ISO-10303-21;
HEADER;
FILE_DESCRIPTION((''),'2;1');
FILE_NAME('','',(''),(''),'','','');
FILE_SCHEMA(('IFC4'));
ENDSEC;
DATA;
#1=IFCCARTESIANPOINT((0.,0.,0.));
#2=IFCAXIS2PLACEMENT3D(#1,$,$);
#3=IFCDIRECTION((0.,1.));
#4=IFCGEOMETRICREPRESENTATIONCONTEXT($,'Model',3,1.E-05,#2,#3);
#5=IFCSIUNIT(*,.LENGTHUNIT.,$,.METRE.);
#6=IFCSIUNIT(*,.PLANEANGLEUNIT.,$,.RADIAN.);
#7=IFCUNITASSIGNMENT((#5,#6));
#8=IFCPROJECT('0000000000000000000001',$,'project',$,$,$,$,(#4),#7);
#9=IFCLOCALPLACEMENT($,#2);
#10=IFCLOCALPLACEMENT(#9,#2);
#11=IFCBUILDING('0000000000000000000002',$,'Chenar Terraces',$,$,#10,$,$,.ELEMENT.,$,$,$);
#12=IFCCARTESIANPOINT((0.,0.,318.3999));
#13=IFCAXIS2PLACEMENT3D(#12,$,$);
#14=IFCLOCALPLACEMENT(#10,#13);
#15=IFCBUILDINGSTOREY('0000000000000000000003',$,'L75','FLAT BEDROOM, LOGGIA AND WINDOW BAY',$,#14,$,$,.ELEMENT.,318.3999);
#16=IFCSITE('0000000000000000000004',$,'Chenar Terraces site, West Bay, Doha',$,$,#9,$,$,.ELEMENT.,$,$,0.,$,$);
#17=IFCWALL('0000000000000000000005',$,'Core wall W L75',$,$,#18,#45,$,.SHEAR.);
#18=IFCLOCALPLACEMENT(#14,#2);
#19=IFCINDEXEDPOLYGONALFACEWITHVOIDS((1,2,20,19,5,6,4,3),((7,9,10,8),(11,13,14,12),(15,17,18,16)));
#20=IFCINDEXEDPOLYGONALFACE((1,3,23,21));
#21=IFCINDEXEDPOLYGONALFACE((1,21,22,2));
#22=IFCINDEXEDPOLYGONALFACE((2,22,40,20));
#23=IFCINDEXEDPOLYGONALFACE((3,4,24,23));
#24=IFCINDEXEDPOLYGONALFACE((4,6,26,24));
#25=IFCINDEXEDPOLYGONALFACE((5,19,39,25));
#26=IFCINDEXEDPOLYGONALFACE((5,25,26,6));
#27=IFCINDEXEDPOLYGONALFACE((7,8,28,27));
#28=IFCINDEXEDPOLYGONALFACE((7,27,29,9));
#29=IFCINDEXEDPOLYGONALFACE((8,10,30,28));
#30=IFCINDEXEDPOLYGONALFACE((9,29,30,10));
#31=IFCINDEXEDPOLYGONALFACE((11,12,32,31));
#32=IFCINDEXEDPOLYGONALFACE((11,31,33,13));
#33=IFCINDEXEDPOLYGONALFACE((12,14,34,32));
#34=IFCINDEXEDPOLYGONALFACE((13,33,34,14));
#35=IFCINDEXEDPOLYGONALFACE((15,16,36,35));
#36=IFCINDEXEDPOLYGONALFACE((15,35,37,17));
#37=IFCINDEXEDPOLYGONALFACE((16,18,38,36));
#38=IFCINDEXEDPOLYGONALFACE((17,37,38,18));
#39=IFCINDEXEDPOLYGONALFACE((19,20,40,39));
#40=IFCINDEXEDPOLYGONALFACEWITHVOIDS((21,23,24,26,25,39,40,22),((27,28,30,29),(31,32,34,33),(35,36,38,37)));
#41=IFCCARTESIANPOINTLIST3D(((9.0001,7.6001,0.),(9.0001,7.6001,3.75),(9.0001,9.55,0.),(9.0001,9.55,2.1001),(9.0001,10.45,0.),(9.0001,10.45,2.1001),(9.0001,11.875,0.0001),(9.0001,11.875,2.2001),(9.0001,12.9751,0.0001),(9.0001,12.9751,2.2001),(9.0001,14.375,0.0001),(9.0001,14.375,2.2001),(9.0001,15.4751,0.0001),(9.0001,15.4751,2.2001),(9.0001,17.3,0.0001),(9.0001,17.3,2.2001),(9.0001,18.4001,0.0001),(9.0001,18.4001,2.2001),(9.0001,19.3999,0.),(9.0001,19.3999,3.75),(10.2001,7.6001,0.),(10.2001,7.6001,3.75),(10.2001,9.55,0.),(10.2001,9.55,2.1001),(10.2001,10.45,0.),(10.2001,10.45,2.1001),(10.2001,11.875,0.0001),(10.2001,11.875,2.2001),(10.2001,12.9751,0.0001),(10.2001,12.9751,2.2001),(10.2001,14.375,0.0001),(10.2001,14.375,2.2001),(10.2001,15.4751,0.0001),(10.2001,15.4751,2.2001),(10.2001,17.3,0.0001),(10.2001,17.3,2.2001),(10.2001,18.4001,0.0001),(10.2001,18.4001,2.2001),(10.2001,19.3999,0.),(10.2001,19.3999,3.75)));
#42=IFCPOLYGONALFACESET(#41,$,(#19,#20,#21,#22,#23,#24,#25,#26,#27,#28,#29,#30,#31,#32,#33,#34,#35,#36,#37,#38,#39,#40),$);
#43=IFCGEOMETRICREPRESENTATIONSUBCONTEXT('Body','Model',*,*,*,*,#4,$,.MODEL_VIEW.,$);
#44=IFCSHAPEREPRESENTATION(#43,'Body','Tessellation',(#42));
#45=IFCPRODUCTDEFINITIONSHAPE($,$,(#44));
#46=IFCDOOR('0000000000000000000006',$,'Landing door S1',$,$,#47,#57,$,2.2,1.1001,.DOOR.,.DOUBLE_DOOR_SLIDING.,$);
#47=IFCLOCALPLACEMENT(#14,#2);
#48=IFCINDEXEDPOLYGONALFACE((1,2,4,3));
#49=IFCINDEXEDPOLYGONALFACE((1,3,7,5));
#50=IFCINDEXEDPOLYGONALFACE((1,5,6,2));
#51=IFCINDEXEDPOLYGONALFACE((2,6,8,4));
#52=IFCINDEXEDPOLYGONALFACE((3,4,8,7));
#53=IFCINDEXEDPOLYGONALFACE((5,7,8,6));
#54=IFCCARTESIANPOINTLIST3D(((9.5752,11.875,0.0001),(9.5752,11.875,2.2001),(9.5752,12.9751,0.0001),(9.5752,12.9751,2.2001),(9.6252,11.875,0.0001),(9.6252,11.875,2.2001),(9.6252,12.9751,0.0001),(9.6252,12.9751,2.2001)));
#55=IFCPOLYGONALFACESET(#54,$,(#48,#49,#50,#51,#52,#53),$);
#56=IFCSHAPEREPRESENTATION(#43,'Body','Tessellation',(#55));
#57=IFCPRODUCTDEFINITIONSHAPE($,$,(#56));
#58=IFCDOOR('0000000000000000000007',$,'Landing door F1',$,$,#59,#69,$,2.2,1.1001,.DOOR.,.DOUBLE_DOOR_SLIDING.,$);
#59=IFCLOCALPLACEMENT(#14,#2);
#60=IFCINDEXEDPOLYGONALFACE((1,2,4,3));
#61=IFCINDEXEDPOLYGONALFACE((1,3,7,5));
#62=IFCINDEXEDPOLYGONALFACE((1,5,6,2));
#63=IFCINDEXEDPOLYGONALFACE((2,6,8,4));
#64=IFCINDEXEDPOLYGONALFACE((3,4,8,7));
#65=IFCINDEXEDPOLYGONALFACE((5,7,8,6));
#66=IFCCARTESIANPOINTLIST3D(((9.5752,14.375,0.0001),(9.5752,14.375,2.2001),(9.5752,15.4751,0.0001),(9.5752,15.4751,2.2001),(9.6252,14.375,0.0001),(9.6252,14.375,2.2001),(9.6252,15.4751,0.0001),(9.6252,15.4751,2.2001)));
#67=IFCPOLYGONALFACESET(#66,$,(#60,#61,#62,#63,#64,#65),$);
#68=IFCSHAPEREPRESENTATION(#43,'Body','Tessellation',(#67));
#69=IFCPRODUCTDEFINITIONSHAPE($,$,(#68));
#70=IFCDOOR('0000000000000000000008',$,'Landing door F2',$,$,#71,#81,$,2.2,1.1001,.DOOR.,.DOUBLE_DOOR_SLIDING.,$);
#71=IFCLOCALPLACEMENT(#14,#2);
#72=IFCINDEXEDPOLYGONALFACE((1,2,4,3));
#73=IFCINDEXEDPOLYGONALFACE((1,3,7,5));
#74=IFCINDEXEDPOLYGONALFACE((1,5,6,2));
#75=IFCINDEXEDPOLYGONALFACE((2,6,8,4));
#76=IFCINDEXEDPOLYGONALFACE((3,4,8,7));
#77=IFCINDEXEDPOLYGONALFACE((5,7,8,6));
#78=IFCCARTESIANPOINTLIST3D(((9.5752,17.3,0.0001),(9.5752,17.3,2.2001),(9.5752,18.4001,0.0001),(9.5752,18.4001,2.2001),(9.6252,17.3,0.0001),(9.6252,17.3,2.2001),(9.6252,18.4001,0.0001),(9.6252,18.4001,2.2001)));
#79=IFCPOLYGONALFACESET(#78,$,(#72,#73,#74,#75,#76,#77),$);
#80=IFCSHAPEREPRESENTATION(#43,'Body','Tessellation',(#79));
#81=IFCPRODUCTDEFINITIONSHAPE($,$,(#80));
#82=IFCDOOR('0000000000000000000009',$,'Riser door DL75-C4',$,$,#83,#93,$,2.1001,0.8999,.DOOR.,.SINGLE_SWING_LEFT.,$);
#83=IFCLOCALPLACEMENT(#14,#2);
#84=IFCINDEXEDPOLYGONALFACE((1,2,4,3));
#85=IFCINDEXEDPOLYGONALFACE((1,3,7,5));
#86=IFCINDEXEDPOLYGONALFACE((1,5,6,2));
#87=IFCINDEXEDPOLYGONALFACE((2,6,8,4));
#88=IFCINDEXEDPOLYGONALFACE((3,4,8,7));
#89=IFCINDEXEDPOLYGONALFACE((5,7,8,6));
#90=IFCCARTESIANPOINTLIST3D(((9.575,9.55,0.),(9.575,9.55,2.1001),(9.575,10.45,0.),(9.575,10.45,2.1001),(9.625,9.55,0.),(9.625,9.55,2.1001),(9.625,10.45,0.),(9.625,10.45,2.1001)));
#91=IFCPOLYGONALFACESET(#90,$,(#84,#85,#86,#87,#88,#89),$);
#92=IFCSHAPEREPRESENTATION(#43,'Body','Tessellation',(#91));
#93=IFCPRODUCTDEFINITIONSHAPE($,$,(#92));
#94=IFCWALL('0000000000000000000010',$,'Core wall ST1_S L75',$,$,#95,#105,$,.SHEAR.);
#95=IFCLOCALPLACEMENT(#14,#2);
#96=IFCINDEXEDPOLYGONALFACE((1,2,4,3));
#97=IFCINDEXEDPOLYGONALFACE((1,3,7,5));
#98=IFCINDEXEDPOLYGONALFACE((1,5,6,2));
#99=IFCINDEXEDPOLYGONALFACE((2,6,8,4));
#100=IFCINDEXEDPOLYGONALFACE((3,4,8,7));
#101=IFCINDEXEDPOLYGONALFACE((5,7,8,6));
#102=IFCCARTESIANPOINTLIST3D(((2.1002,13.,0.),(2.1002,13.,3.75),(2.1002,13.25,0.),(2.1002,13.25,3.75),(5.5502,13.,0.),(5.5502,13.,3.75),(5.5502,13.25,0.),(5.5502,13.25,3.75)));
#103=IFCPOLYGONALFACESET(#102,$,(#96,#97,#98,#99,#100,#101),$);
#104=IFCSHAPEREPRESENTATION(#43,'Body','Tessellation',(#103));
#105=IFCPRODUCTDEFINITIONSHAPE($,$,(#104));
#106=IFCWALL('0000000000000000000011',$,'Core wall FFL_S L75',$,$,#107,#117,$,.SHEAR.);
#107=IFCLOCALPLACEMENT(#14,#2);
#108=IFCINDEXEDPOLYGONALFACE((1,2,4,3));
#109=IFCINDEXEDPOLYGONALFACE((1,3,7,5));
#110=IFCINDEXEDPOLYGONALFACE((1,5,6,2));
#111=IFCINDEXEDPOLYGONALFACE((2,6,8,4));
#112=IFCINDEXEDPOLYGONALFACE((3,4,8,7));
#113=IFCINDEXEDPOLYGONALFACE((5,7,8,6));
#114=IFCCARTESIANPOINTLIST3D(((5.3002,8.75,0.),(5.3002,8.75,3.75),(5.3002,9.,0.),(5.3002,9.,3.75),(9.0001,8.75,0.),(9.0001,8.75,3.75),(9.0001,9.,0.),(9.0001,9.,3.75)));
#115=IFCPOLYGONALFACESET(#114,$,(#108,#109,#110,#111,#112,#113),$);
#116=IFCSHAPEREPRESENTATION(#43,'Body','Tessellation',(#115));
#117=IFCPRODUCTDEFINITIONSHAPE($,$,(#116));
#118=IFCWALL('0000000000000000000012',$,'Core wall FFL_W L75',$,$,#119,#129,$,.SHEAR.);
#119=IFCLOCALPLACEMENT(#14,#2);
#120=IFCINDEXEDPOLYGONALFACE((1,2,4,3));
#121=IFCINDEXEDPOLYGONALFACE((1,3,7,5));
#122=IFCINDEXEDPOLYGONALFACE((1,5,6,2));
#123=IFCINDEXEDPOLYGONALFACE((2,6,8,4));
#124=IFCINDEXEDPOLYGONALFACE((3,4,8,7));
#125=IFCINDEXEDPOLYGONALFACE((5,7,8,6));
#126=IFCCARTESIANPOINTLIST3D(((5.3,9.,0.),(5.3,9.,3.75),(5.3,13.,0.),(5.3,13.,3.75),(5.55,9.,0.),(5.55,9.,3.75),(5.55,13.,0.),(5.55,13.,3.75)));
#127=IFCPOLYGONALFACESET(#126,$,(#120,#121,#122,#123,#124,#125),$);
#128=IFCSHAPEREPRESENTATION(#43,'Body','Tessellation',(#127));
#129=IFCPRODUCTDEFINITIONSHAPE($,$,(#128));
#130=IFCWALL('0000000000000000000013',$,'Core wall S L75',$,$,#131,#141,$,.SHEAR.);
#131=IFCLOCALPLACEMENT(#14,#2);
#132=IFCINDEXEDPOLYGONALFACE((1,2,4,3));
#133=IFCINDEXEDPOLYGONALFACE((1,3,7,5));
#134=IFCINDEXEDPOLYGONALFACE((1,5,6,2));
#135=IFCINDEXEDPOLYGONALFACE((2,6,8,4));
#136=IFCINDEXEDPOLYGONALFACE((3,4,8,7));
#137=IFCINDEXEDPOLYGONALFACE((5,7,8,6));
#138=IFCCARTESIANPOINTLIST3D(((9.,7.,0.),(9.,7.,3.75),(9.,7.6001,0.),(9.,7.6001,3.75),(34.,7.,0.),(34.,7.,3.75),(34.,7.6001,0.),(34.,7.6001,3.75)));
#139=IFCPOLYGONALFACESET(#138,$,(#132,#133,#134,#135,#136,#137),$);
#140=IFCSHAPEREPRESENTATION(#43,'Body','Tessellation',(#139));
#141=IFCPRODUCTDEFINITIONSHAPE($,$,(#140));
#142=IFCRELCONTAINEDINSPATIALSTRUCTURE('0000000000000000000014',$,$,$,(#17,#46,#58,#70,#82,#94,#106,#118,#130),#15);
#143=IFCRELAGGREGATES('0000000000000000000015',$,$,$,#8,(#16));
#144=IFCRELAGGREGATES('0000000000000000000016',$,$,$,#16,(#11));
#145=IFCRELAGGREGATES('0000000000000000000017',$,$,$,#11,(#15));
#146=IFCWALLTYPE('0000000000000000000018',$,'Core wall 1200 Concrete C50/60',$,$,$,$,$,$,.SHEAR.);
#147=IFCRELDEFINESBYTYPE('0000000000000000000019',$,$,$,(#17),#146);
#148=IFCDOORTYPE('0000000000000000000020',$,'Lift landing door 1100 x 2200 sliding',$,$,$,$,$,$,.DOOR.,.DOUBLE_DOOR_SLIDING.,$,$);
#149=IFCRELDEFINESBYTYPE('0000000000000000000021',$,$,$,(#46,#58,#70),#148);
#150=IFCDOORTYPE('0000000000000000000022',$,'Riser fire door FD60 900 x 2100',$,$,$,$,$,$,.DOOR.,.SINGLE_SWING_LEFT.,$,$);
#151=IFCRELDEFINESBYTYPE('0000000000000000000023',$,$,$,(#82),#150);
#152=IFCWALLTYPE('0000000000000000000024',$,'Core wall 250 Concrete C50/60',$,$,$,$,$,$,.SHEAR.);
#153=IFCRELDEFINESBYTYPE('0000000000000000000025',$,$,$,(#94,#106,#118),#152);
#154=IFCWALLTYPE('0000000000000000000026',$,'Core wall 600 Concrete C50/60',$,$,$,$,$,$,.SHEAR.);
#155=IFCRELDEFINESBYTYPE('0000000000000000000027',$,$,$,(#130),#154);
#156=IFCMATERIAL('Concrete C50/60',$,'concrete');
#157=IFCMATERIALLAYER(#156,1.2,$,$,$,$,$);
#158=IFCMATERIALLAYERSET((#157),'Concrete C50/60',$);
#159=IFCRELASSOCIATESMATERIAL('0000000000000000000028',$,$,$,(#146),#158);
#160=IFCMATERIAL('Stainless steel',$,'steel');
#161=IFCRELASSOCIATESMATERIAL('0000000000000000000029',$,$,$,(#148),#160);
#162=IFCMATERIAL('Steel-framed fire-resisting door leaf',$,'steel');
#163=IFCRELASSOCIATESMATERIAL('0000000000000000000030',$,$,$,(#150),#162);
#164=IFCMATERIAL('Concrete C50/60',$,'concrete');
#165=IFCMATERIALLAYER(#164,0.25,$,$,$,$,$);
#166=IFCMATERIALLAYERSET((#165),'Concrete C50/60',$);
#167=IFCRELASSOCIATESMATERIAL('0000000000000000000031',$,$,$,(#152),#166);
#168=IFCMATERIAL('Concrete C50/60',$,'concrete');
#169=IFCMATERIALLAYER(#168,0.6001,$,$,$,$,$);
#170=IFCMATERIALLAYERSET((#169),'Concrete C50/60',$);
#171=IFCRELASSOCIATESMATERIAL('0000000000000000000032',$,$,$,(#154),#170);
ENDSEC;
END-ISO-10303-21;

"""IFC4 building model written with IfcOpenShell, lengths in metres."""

from ifc_helpers import new_model, si_unit, direction, frame, frame_2d, origin, place, context, subcontext, project, spatial, rectangle, extrude, material, layer, layer_set, type_object, element, fill, save


model = new_model("IFC4")

# Units and contexts
model_context = context("Model", 3, precision=1e-05, world=origin(), true_north=direction((0.0, 1.0)))
body_context = subcontext(model_context, "Body", "Model", "MODEL_VIEW")
ifc_project = project(units=[si_unit("LENGTHUNIT", "METRE"), si_unit("PLANEANGLEUNIT", "RADIAN")], contexts=[model_context])

# Site, building, storey
site_placement = place(None, origin())
site = spatial("IfcSite", under=ifc_project, at=site_placement, Name="Chenar Terraces site, West Bay, Doha", CompositionType="ELEMENT", RefElevation=0.0)
building_placement = place(site_placement, origin())
building = spatial("IfcBuilding", under=site, at=building_placement, Name="Chenar Terraces", CompositionType="ELEMENT")
storey_placement = place(building_placement, frame((0.0, 0.0, 318.3999)))
storey = spatial("IfcBuildingStorey", under=building, at=storey_placement, Name="L75", Description="FLAT BEDROOM, LOGGIA AND WINDOW BAY", CompositionType="ELEMENT", Elevation=318.3999)

# Wall, openings, doors
ifc_material_1 = material(Name="Concrete C50/60", Category="concrete")
ifc_layer_1 = layer(ifc_material_1, 1.2)
ifc_layer_set_1 = layer_set([ifc_layer_1], Name="Concrete C50/60")
wall_type_1 = type_object("IfcWallType", Name="Core wall 1200 Concrete C50/60", PredefinedType="SHEAR", material=ifc_layer_set_1)
wall_1_placement = place(storey_placement, frame((9.6001, 7.6001, 0.0), z_axis=(0.0, 0.0, 1.0), x_axis=(0.0, 1.0, 0.0)))
wall_1 = element("IfcWall", 1, at=wall_1_placement, inside=storey, type_object=wall_type_1, Name="Core wall W L75", PredefinedType="SHEAR", context=body_context, shape_type="SweptSolid", body=[
    extrude(rectangle(XDim=11.7998, YDim=1.2, at=frame_2d((5.8999, 0.0))), origin(), (0.0, 0.0, 1.0), 3.75),
])
opening_1_placement = place(wall_1_placement, frame((4.2749, 0.0, 0.0)))
opening_1 = element("IfcOpeningElement", 2, at=opening_1_placement, cuts=wall_1, PredefinedType="OPENING", context=body_context, shape_type="SweptSolid", body=[
    extrude(rectangle(XDim=1.1001, YDim=2.2, at=frame_2d((0.55, 1.1001))), frame((0.0, 0.6099, 0.0), z_axis=(0.0, -1.0, 0.0), x_axis=(1.0, 0.0, 0.0)), (0.0, 0.0, 1.0), 1.22),
])
opening_2_placement = place(wall_1_placement, frame((6.7749, 0.0, 0.0)))
opening_2 = element("IfcOpeningElement", 3, at=opening_2_placement, cuts=wall_1, PredefinedType="OPENING", context=body_context, shape_type="SweptSolid", body=[
    extrude(rectangle(XDim=1.1001, YDim=2.2, at=frame_2d((0.55, 1.1001))), frame((0.0, 0.6099, 0.0), z_axis=(0.0, -1.0, 0.0), x_axis=(1.0, 0.0, 0.0)), (0.0, 0.0, 1.0), 1.22),
])
opening_3_placement = place(wall_1_placement, frame((9.7, 0.0, 0.0)))
opening_3 = element("IfcOpeningElement", 4, at=opening_3_placement, cuts=wall_1, PredefinedType="OPENING", context=body_context, shape_type="SweptSolid", body=[
    extrude(rectangle(XDim=1.1001, YDim=2.2, at=frame_2d((0.55, 1.1001))), frame((0.0, 0.6099, 0.0), z_axis=(0.0, -1.0, 0.0), x_axis=(1.0, 0.0, 0.0)), (0.0, 0.0, 1.0), 1.22),
])
opening_4_placement = place(wall_1_placement, frame((1.95, 0.0, 0.0)))
opening_4 = element("IfcOpeningElement", 5, at=opening_4_placement, cuts=wall_1, PredefinedType="OPENING", context=body_context, shape_type="SweptSolid", body=[
    extrude(rectangle(XDim=0.8999, YDim=2.1001, at=frame_2d((0.45, 1.05))), frame((0.0, 0.6099, 0.0), z_axis=(0.0, -1.0, 0.0), x_axis=(1.0, 0.0, 0.0)), (0.0, 0.0, 1.0), 1.22),
])
ifc_material_2 = material(Name="Stainless steel", Category="steel")
door_type_1 = type_object("IfcDoorType", Name="Lift landing door 1100 x 2200 sliding", OperationType="DOUBLE_DOOR_SLIDING", PredefinedType="DOOR", material=ifc_material_2)
door_1_placement = place(opening_1_placement, origin())
door_1 = element("IfcDoor", 6, at=door_1_placement, inside=storey, type_object=door_type_1, Name="Landing door S1", OperationType="DOUBLE_DOOR_SLIDING", OverallHeight=2.2, OverallWidth=1.1001, PredefinedType="DOOR", context=body_context, shape_type="SweptSolid", body=[
    extrude(rectangle(XDim=1.1001, YDim=2.2, at=frame_2d((0.55, 1.1001))), frame((0.0, 0.0249, 0.0), z_axis=(0.0, -1.0, 0.0), x_axis=(1.0, 0.0, 0.0)), (0.0, 0.0, 1.0), 0.05),
])
fill(opening_1, door_1)
door_2_placement = place(opening_2_placement, origin())
door_2 = element("IfcDoor", 7, at=door_2_placement, inside=storey, type_object=door_type_1, Name="Landing door F1", OperationType="DOUBLE_DOOR_SLIDING", OverallHeight=2.2, OverallWidth=1.1001, PredefinedType="DOOR", context=body_context, shape_type="SweptSolid", body=[
    extrude(rectangle(XDim=1.1001, YDim=2.2, at=frame_2d((0.55, 1.1001))), frame((0.0, 0.0249, 0.0), z_axis=(0.0, -1.0, 0.0), x_axis=(1.0, 0.0, 0.0)), (0.0, 0.0, 1.0), 0.05),
])
fill(opening_2, door_2)
door_3_placement = place(opening_3_placement, origin())
door_3 = element("IfcDoor", 8, at=door_3_placement, inside=storey, type_object=door_type_1, Name="Landing door F2", OperationType="DOUBLE_DOOR_SLIDING", OverallHeight=2.2, OverallWidth=1.1001, PredefinedType="DOOR", context=body_context, shape_type="SweptSolid", body=[
    extrude(rectangle(XDim=1.1001, YDim=2.2, at=frame_2d((0.55, 1.1001))), frame((0.0, 0.0249, 0.0), z_axis=(0.0, -1.0, 0.0), x_axis=(1.0, 0.0, 0.0)), (0.0, 0.0, 1.0), 0.05),
])
fill(opening_3, door_3)
ifc_material_3 = material(Name="Steel-framed fire-resisting door leaf", Category="steel")
door_type_2 = type_object("IfcDoorType", Name="Riser fire door FD60 900 x 2100", OperationType="SINGLE_SWING_LEFT", PredefinedType="DOOR", material=ifc_material_3)
door_4_placement = place(opening_4_placement, frame((0.8999, 0.0, 0.0), z_axis=(0.0, 0.0, 1.0), x_axis=(-1.0, 0.0, 0.0)))
door_4 = element("IfcDoor", 9, at=door_4_placement, inside=storey, type_object=door_type_2, Name="Riser door DL75-C4", OperationType="SINGLE_SWING_LEFT", OverallHeight=2.1001, OverallWidth=0.8999, PredefinedType="DOOR", context=body_context, shape_type="SweptSolid", body=[
    extrude(rectangle(XDim=0.8999, YDim=2.1001, at=frame_2d((0.45, 1.05))), frame((0.0, 0.0249, 0.0), z_axis=(0.0, -1.0, 0.0), x_axis=(1.0, 0.0, 0.0)), (0.0, 0.0, 1.0), 0.05),
])
fill(opening_4, door_4)

# Walls
ifc_material_4 = material(Name="Concrete C50/60", Category="concrete")
ifc_layer_2 = layer(ifc_material_4, 0.25)
ifc_layer_set_2 = layer_set([ifc_layer_2], Name="Concrete C50/60")
wall_type_2 = type_object("IfcWallType", Name="Core wall 250 Concrete C50/60", PredefinedType="SHEAR", material=ifc_layer_set_2)
wall_2_placement = place(storey_placement, frame((2.1001, 13.125, 0.0), z_axis=(0.0, 0.0, 1.0), x_axis=(1.0, 0.0, 0.0)))
element("IfcWall", 10, at=wall_2_placement, inside=storey, type_object=wall_type_2, Name="Core wall ST1_S L75", PredefinedType="SHEAR", context=body_context, shape_type="SweptSolid", body=[
    extrude(rectangle(XDim=3.45, YDim=0.25, at=frame_2d((1.7251, 0.0))), origin(), (0.0, 0.0, 1.0), 3.75),
])
wall_3_placement = place(storey_placement, frame((5.3, 8.875, 0.0), z_axis=(0.0, 0.0, 1.0), x_axis=(1.0, 0.0, 0.0)))
element("IfcWall", 11, at=wall_3_placement, inside=storey, type_object=wall_type_2, Name="Core wall FFL_S L75", PredefinedType="SHEAR", context=body_context, shape_type="SweptSolid", body=[
    extrude(rectangle(XDim=3.7, YDim=0.25, at=frame_2d((1.8501, 0.0))), origin(), (0.0, 0.0, 1.0), 3.75),
])
wall_4_placement = place(storey_placement, frame((5.425, 9.0, 0.0), z_axis=(0.0, 0.0, 1.0), x_axis=(0.0, 1.0, 0.0)))
element("IfcWall", 12, at=wall_4_placement, inside=storey, type_object=wall_type_2, Name="Core wall FFL_W L75", PredefinedType="SHEAR", context=body_context, shape_type="SweptSolid", body=[
    extrude(rectangle(XDim=4.0, YDim=0.25, at=frame_2d((2.0, 0.0))), origin(), (0.0, 0.0, 1.0), 3.75),
])
ifc_material_5 = material(Name="Concrete C50/60", Category="concrete")
ifc_layer_3 = layer(ifc_material_5, 0.6001)
ifc_layer_set_3 = layer_set([ifc_layer_3], Name="Concrete C50/60")
wall_type_3 = type_object("IfcWallType", Name="Core wall 600 Concrete C50/60", PredefinedType="SHEAR", material=ifc_layer_set_3)
wall_5_placement = place(storey_placement, frame((9.0, 7.3, 0.0), z_axis=(0.0, 0.0, 1.0), x_axis=(1.0, 0.0, 0.0)))
element("IfcWall", 13, at=wall_5_placement, inside=storey, type_object=wall_type_3, Name="Core wall S L75", PredefinedType="SHEAR", context=body_context, shape_type="SweptSolid", body=[
    extrude(rectangle(XDim=25.0, YDim=0.6001, at=frame_2d((12.5, 0.0))), origin(), (0.0, 0.0, 1.0), 3.75),
])

save(model, "model.ifc")
